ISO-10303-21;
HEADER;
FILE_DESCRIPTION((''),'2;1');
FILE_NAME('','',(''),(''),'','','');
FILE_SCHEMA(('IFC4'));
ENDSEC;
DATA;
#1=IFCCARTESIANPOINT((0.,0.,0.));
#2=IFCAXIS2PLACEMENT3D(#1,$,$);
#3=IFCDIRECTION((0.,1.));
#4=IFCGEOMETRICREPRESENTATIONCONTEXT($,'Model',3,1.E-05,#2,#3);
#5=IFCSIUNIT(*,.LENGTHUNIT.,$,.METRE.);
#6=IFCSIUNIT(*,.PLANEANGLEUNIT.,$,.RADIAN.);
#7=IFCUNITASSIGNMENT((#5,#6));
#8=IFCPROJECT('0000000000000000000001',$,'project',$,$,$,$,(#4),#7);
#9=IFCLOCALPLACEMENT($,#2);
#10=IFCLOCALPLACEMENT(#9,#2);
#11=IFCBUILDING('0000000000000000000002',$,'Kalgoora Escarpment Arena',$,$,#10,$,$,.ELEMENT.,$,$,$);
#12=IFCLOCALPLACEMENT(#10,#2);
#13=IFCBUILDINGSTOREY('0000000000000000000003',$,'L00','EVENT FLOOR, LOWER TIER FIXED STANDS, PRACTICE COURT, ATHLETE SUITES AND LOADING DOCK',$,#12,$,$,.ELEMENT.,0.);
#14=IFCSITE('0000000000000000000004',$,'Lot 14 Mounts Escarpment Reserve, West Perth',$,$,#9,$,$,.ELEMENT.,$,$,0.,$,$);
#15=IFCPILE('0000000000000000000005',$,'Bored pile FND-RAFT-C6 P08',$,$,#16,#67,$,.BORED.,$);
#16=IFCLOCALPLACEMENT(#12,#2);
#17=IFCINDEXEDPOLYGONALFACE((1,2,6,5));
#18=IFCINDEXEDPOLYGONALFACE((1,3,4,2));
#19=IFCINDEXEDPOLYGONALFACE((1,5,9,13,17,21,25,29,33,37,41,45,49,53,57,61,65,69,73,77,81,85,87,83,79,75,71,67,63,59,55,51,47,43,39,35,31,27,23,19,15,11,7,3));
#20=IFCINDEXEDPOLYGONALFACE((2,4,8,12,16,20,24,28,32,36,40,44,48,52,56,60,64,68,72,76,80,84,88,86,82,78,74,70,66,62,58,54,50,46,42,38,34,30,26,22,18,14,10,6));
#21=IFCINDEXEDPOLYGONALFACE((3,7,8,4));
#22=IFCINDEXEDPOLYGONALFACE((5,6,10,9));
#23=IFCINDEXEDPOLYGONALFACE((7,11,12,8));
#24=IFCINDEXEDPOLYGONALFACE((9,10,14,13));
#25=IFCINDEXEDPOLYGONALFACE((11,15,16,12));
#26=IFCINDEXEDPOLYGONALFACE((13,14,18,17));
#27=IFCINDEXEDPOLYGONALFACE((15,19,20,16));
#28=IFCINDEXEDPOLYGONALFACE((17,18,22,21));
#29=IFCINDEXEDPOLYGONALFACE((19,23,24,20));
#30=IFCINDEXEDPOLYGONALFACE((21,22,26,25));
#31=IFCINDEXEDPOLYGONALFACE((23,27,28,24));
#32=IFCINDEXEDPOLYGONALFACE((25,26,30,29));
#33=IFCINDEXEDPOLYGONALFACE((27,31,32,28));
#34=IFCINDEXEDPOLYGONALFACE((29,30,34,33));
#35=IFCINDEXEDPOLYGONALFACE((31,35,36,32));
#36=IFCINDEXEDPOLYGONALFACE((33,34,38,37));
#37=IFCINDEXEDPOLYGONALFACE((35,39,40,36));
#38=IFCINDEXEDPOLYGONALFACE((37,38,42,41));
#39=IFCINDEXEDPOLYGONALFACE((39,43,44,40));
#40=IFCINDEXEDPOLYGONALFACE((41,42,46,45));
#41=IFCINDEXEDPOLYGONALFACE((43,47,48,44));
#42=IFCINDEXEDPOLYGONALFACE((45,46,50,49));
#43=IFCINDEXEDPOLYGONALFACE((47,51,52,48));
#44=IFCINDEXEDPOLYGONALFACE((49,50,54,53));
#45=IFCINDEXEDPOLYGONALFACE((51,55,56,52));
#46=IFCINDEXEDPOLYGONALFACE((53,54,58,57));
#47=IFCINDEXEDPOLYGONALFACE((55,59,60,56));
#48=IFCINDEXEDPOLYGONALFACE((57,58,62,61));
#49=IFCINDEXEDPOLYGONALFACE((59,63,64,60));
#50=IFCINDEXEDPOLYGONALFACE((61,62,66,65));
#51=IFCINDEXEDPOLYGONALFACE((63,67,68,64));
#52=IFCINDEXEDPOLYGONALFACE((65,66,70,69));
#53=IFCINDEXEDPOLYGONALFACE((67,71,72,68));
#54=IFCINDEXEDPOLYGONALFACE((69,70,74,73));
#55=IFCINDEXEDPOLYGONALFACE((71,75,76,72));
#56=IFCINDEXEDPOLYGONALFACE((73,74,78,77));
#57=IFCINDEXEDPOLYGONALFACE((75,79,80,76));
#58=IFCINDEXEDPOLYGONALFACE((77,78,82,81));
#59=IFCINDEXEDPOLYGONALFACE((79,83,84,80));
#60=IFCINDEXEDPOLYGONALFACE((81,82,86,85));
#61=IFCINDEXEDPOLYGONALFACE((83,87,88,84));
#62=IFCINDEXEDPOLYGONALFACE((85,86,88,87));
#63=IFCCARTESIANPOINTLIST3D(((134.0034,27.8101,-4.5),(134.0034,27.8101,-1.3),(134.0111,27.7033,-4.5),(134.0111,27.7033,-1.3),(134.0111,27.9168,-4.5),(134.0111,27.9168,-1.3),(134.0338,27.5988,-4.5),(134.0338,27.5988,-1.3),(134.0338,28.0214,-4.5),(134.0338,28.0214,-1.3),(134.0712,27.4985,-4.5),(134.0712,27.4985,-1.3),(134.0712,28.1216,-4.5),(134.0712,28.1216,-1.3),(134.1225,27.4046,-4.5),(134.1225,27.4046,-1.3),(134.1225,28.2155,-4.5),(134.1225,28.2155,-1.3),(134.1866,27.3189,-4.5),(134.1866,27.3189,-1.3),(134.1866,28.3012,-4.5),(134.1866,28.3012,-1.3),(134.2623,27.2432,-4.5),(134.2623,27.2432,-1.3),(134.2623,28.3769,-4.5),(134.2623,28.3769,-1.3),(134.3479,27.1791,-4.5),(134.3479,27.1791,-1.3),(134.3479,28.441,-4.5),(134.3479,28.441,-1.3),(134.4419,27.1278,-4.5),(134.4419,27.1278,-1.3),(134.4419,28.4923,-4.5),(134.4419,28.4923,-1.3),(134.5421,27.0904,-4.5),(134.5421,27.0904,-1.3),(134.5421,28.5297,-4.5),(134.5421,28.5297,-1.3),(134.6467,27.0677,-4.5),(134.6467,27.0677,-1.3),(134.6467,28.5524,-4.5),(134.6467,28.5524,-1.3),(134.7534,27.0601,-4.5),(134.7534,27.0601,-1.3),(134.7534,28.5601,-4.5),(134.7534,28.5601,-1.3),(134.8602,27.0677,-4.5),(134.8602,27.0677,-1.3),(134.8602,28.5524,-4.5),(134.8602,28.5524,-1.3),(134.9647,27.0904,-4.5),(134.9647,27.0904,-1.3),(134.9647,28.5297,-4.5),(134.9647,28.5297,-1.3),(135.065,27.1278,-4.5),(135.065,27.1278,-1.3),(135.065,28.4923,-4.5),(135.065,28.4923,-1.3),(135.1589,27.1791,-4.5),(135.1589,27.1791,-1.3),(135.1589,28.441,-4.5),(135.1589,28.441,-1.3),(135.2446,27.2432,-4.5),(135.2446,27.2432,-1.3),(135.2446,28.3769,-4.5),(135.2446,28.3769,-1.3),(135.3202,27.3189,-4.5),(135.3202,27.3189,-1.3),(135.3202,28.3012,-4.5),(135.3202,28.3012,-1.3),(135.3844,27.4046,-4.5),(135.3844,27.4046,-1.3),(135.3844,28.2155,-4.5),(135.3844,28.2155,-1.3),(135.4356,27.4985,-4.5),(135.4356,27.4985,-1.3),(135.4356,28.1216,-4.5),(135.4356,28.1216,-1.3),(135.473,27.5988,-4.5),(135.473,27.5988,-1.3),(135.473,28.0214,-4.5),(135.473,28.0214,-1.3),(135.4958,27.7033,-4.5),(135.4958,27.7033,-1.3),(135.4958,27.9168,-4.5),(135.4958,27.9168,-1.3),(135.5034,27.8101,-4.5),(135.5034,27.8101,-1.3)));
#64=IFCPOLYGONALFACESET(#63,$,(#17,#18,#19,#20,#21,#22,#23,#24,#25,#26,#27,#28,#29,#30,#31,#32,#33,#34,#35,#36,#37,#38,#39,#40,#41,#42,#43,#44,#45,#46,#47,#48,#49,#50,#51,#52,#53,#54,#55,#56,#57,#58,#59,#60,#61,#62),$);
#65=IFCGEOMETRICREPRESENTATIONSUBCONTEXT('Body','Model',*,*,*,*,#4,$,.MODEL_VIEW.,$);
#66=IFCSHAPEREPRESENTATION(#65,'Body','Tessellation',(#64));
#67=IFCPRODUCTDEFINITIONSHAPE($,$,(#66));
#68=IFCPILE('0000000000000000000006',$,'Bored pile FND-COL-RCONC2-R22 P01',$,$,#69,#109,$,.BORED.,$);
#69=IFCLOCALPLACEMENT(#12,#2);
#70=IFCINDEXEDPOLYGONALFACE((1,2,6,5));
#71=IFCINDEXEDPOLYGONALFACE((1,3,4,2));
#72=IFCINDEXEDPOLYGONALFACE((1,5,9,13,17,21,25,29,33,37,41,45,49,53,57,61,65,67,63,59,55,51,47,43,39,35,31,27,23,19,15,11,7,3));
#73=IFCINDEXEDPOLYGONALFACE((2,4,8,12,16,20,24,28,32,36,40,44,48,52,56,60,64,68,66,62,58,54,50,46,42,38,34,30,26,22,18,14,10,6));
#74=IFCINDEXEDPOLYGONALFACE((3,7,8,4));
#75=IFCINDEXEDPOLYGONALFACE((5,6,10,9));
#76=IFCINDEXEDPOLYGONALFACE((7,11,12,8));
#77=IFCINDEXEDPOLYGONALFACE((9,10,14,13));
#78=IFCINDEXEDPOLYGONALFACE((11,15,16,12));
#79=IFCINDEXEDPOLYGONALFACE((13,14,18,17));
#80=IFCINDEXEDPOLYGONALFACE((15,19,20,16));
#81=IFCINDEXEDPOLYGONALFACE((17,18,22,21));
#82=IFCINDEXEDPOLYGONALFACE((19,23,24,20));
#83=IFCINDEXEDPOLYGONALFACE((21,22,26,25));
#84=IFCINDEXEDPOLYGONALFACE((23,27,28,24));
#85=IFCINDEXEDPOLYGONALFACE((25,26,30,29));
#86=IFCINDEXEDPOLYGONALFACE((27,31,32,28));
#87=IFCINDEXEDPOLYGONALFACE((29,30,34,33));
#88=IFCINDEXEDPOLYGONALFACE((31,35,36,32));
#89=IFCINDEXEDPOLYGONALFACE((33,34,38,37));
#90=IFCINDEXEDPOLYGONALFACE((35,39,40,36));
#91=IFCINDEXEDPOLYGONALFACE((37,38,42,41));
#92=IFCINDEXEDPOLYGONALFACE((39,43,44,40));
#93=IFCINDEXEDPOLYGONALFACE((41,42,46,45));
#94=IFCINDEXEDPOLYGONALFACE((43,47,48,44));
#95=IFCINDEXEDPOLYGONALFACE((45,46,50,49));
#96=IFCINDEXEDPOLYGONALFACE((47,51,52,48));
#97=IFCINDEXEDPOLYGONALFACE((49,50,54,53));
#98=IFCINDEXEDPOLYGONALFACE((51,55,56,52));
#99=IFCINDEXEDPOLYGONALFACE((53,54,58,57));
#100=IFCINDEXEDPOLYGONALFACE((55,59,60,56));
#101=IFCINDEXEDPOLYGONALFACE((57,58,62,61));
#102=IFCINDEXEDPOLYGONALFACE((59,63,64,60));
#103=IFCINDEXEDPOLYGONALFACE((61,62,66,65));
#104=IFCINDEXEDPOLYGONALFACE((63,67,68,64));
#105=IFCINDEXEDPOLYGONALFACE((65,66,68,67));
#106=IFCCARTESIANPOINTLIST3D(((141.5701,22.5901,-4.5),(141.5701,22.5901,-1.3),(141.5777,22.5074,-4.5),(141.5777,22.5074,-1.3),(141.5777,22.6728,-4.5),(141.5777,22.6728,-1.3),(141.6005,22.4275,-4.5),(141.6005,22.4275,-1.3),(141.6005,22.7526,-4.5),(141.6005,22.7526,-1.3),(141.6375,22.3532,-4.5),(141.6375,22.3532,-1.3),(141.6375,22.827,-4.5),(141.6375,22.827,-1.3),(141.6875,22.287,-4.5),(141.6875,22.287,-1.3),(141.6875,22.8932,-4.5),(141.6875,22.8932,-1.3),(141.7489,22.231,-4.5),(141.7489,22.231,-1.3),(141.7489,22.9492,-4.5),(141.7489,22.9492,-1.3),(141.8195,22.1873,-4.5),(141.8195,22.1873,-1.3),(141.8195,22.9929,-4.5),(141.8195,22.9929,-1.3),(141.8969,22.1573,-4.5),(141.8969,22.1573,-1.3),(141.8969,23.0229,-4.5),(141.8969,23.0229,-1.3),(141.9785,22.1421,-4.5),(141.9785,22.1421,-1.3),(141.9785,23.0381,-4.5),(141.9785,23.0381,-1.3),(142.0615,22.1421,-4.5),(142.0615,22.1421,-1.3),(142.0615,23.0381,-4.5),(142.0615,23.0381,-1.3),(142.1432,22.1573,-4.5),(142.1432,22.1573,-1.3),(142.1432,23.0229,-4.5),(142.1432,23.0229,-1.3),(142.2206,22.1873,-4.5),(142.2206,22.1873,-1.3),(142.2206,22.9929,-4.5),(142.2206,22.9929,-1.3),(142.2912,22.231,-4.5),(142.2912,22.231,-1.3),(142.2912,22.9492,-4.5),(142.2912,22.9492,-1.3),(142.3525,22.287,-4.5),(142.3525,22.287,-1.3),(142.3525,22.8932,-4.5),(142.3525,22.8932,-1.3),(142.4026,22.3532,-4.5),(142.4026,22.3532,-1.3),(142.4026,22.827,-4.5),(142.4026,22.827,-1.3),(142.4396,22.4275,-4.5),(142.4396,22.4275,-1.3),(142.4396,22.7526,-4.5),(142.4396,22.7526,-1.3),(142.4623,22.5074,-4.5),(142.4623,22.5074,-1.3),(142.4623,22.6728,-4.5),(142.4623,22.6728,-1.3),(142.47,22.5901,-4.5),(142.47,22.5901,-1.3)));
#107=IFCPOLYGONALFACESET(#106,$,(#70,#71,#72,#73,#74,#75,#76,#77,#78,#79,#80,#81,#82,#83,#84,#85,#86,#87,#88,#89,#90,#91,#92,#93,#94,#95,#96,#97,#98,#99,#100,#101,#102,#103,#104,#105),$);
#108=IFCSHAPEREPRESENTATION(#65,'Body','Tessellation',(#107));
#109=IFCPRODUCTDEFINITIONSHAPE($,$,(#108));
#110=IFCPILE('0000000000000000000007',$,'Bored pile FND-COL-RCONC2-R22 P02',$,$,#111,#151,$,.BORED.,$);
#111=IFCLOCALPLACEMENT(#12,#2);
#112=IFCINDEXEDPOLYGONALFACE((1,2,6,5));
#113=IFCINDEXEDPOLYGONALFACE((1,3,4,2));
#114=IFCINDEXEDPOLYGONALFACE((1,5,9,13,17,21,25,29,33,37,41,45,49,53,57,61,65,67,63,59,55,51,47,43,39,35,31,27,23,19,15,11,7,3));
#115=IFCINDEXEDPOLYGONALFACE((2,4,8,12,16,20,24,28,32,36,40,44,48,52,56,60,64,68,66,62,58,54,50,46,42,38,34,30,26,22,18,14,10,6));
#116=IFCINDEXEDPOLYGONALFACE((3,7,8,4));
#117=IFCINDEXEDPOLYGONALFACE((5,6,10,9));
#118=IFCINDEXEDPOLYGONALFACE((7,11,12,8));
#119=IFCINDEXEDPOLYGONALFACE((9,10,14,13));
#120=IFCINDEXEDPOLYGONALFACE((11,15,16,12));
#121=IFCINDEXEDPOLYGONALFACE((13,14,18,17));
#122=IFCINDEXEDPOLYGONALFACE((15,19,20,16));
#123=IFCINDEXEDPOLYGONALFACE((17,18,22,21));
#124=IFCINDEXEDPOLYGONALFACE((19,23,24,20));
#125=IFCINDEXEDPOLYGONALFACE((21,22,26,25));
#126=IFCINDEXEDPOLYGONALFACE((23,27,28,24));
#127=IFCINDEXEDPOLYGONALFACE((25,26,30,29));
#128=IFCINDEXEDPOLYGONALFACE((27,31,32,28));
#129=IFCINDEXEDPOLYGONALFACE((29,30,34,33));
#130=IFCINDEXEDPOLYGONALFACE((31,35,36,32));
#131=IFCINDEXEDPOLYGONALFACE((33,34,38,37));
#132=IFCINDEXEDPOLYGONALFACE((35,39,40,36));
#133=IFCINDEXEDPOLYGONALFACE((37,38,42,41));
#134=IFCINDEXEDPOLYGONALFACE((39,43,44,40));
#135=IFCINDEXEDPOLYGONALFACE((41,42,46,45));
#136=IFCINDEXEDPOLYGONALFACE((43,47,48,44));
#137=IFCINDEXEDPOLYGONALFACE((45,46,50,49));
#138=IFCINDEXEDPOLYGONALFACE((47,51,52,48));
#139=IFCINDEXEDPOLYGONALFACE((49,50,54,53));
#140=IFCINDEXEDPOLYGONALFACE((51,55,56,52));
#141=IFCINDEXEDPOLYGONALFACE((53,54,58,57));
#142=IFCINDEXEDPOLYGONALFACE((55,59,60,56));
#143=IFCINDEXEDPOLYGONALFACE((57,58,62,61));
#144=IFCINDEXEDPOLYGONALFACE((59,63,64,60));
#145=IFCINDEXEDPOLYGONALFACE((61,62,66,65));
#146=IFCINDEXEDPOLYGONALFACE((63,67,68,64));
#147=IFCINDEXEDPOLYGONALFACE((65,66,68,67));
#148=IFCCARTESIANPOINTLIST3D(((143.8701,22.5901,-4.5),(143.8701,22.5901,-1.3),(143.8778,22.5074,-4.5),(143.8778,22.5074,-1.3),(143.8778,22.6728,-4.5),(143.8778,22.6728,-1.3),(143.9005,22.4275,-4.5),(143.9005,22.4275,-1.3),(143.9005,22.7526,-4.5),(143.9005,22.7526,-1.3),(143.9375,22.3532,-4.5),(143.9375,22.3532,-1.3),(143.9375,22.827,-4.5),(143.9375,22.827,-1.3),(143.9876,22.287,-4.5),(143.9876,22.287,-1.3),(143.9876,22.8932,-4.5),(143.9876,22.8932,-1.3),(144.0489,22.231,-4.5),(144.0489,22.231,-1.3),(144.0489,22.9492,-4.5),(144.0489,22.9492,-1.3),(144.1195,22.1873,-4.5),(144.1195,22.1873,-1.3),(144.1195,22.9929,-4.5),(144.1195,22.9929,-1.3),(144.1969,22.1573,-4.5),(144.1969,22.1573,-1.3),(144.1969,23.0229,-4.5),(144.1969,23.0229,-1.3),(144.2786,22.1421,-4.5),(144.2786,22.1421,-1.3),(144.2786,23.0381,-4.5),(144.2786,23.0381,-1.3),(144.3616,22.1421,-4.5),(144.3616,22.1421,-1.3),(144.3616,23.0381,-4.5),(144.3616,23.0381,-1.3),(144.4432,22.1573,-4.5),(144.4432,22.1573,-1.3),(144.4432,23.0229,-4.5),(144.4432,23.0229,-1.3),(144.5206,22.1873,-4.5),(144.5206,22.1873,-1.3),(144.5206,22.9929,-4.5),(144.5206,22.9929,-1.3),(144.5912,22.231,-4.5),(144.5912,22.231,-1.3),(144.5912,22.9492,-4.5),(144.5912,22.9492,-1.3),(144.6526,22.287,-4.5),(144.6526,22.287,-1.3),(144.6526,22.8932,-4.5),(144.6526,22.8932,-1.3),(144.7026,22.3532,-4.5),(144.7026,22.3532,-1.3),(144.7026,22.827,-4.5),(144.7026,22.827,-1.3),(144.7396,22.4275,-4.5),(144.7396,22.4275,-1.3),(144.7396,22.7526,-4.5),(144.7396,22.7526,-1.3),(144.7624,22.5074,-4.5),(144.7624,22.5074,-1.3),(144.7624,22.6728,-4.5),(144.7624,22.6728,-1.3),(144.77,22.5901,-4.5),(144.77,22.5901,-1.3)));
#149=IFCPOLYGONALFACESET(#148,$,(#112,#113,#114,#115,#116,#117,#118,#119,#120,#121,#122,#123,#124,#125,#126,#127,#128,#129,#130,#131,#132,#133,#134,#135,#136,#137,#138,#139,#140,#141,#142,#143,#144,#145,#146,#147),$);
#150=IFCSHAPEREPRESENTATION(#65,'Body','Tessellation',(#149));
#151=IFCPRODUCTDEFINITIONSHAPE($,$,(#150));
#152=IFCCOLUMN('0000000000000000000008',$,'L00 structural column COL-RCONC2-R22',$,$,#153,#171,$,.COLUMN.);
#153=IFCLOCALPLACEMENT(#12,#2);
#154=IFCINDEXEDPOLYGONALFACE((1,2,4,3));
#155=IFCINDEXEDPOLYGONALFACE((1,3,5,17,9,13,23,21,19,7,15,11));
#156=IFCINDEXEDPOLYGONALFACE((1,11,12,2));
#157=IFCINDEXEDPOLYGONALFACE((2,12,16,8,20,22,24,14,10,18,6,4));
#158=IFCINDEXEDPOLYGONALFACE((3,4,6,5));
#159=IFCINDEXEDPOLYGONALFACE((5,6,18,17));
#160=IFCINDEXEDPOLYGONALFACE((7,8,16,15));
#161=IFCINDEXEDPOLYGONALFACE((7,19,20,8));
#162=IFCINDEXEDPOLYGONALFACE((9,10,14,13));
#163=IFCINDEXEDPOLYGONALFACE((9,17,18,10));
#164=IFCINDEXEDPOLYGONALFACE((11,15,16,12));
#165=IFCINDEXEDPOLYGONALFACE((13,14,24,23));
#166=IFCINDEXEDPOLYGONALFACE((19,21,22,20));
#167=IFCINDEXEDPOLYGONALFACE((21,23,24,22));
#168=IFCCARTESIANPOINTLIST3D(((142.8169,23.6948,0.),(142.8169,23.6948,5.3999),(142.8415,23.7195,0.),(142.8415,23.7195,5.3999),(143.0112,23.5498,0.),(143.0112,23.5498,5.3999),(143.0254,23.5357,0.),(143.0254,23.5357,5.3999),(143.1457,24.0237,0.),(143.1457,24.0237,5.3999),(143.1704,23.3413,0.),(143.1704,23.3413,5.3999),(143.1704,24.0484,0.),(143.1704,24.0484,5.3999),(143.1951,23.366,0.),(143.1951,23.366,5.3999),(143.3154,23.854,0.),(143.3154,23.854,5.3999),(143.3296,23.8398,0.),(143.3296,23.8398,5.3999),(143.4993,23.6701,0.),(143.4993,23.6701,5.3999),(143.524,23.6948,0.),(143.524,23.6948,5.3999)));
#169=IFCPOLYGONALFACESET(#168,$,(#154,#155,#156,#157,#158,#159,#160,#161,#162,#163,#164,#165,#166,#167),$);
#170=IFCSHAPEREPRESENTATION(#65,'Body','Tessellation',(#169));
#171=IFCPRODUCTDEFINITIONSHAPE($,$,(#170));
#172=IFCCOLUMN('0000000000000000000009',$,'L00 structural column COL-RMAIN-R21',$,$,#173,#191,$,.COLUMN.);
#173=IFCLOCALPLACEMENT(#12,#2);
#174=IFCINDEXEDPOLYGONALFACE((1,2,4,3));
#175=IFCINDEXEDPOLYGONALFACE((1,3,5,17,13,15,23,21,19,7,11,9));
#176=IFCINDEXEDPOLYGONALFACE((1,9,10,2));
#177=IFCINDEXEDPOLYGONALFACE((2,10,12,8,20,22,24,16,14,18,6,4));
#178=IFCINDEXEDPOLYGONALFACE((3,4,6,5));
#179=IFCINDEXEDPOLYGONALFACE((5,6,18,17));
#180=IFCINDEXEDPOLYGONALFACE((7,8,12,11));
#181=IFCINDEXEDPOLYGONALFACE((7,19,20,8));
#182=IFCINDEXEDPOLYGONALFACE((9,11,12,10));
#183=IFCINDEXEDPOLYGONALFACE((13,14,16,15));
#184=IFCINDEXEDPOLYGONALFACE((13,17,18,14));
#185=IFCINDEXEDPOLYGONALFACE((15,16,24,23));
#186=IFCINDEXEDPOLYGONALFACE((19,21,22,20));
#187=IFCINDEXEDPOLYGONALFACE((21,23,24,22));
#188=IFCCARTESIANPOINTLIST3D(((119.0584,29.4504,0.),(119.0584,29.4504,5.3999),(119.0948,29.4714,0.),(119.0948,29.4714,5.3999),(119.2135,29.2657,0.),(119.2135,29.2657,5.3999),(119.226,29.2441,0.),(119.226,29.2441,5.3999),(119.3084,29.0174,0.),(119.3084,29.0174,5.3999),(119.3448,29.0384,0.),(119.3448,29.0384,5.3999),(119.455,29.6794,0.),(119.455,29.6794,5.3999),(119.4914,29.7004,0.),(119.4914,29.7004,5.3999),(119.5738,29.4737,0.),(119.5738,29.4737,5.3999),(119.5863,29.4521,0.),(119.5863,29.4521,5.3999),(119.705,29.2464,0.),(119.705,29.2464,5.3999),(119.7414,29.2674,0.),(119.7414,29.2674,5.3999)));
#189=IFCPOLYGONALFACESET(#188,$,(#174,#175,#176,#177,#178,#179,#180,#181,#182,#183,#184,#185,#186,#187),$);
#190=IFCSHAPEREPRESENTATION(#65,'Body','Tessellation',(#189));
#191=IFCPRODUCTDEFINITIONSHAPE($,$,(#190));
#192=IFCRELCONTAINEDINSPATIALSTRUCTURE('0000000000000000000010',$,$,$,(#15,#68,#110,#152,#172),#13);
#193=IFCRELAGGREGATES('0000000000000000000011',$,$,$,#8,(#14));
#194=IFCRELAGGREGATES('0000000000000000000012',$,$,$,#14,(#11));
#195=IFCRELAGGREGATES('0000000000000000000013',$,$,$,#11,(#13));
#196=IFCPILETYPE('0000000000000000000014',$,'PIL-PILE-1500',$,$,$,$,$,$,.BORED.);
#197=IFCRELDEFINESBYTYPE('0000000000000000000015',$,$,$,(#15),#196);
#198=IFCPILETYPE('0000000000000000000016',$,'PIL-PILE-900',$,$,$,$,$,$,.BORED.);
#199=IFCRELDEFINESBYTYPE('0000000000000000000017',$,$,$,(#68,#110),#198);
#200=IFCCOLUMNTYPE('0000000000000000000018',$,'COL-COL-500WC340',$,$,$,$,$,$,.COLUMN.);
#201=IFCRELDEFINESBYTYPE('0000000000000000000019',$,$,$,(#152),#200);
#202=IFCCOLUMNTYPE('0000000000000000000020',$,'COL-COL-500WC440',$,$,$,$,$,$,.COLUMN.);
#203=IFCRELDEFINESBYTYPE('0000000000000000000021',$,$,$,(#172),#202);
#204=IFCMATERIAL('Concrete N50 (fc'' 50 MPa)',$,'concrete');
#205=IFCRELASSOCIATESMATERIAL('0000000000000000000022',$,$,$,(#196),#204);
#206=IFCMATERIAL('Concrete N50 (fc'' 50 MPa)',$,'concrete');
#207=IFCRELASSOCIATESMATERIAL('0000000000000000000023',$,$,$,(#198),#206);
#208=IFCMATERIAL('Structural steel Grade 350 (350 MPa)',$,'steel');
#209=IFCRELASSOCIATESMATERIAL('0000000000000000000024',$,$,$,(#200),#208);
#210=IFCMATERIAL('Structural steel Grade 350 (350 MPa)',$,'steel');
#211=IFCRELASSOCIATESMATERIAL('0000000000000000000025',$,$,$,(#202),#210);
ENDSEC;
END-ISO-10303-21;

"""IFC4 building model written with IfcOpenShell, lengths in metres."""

from ifc_helpers import new_model, si_unit, direction, frame, origin, origin_2d, place, context, subcontext, project, spatial, circle, i_section, extrude, material, material_profile, profile_set, type_object, element, save


model = new_model("IFC4")

# Units and contexts
model_context = context("Model", 3, precision=1e-05, world=origin(), true_north=direction((0.0, 1.0)))
body_context = subcontext(model_context, "Body", "Model", "MODEL_VIEW")
ifc_project = project(units=[si_unit("LENGTHUNIT", "METRE"), si_unit("PLANEANGLEUNIT", "RADIAN")], contexts=[model_context])

# Site, building, storey
site_placement = place(None, origin())
site = spatial("IfcSite", under=ifc_project, at=site_placement, Name="Lot 14 Mounts Escarpment Reserve, West Perth", CompositionType="ELEMENT", RefElevation=0.0)
building_placement = place(site_placement, origin())
building = spatial("IfcBuilding", under=site, at=building_placement, Name="Kalgoora Escarpment Arena", CompositionType="ELEMENT")
storey_placement = place(building_placement, origin())
storey = spatial("IfcBuildingStorey", under=building, at=storey_placement, Name="L00", Description="EVENT FLOOR, LOWER TIER FIXED STANDS, PRACTICE COURT, ATHLETE SUITES AND LOADING DOCK", CompositionType="ELEMENT", Elevation=0.0)

# Piles
ifc_material_1 = material(Name="Concrete N50 (fc' 50 MPa)", Category="concrete")
ifc_material_profile_1 = material_profile(ifc_material_1, circle(Radius=0.75, at=origin_2d()))
ifc_profile_set_1 = profile_set([ifc_material_profile_1], Name="Concrete N50 (fc' 50 MPa)")
pile_type_1 = type_object("IfcPileType", Name="PIL-PILE-1500", PredefinedType="BORED", material=ifc_profile_set_1)
for number, where, z_axis, x_axis, name in (
    (1, (134.7534, 27.8101, -1.3), (0.0, 0.0, -1.0), (1.0, 0.0, 0.0), "Bored pile FND-RAFT-C6 P08"),
):
    element("IfcPile", number, at=place(storey_placement, frame(where, z_axis=z_axis, x_axis=x_axis)), inside=storey, type_object=pile_type_1, Name=name, PredefinedType="BORED", context=body_context, shape_type="SweptSolid", body=[
        extrude(circle(Radius=0.75, at=origin_2d()), origin(), (0.0, 0.0, 1.0), 3.2),
    ])
ifc_material_2 = material(Name="Concrete N50 (fc' 50 MPa)", Category="concrete")
ifc_material_profile_2 = material_profile(ifc_material_2, circle(Radius=0.45, at=origin_2d()))
ifc_profile_set_2 = profile_set([ifc_material_profile_2], Name="Concrete N50 (fc' 50 MPa)")
pile_type_2 = type_object("IfcPileType", Name="PIL-PILE-900", PredefinedType="BORED", material=ifc_profile_set_2)
for number, where, z_axis, x_axis, name in (
    (2, (142.02, 22.5901, -1.3), (0.0, 0.0, -1.0), (1.0, 0.0, 0.0), "Bored pile FND-COL-RCONC2-R22 P01"),
    (3, (144.3201, 22.5901, -1.3), (0.0, 0.0, -1.0), (1.0, 0.0, 0.0), "Bored pile FND-COL-RCONC2-R22 P02"),
):
    element("IfcPile", number, at=place(storey_placement, frame(where, z_axis=z_axis, x_axis=x_axis)), inside=storey, type_object=pile_type_2, Name=name, PredefinedType="BORED", context=body_context, shape_type="SweptSolid", body=[
        extrude(circle(Radius=0.45, at=origin_2d()), origin(), (0.0, 0.0, 1.0), 3.2),
    ])

# Columns
ifc_material_3 = material(Name="Structural steel Grade 350 (350 MPa)", Category="steel")
ifc_material_profile_3 = material_profile(ifc_material_3, i_section(OverallWidth=0.5, OverallDepth=0.5, WebThickness=0.02, FlangeThickness=0.0349, at=origin_2d()))
ifc_profile_set_3 = profile_set([ifc_material_profile_3], Name="Structural steel Grade 350 (350 MPa)")
column_type_1 = type_object("IfcColumnType", Name="COL-COL-500WC340", PredefinedType="COLUMN", material=ifc_profile_set_3)
column_1_placement = place(storey_placement, frame((143.1704, 23.6948, 0.0), z_axis=(0.0, 0.0, 1.0), x_axis=(0.707107, -0.707107, 0.0)))
element("IfcColumn", 4, at=column_1_placement, inside=storey, type_object=column_type_1, Name="L00 structural column COL-RCONC2-R22", PredefinedType="COLUMN", context=body_context, shape_type="SweptSolid", body=[
    extrude(i_section(OverallWidth=0.5, OverallDepth=0.5, WebThickness=0.02, FlangeThickness=0.0349, at=origin_2d()), origin(), (0.0, 0.0, 1.0), 5.3999),
])
ifc_material_4 = material(Name="Structural steel Grade 350 (350 MPa)", Category="steel")
ifc_material_profile_4 = material_profile(ifc_material_4, i_section(OverallWidth=0.5, OverallDepth=0.5, WebThickness=0.0249, FlangeThickness=0.042, at=origin_2d()))
ifc_profile_set_4 = profile_set([ifc_material_profile_4], Name="Structural steel Grade 350 (350 MPa)")
column_type_2 = type_object("IfcColumnType", Name="COL-COL-500WC440", PredefinedType="COLUMN", material=ifc_profile_set_4)
column_2_placement = place(storey_placement, frame((119.3999, 29.3589, 0.0), z_axis=(0.0, 0.0, 1.0), x_axis=(0.5, -0.866025, 0.0)))
element("IfcColumn", 5, at=column_2_placement, inside=storey, type_object=column_type_2, Name="L00 structural column COL-RMAIN-R21", PredefinedType="COLUMN", context=body_context, shape_type="SweptSolid", body=[
    extrude(i_section(OverallWidth=0.5, OverallDepth=0.5, WebThickness=0.0249, FlangeThickness=0.042, at=origin_2d()), origin(), (0.0, 0.0, 1.0), 5.3999),
])

save(model, "model.ifc")
